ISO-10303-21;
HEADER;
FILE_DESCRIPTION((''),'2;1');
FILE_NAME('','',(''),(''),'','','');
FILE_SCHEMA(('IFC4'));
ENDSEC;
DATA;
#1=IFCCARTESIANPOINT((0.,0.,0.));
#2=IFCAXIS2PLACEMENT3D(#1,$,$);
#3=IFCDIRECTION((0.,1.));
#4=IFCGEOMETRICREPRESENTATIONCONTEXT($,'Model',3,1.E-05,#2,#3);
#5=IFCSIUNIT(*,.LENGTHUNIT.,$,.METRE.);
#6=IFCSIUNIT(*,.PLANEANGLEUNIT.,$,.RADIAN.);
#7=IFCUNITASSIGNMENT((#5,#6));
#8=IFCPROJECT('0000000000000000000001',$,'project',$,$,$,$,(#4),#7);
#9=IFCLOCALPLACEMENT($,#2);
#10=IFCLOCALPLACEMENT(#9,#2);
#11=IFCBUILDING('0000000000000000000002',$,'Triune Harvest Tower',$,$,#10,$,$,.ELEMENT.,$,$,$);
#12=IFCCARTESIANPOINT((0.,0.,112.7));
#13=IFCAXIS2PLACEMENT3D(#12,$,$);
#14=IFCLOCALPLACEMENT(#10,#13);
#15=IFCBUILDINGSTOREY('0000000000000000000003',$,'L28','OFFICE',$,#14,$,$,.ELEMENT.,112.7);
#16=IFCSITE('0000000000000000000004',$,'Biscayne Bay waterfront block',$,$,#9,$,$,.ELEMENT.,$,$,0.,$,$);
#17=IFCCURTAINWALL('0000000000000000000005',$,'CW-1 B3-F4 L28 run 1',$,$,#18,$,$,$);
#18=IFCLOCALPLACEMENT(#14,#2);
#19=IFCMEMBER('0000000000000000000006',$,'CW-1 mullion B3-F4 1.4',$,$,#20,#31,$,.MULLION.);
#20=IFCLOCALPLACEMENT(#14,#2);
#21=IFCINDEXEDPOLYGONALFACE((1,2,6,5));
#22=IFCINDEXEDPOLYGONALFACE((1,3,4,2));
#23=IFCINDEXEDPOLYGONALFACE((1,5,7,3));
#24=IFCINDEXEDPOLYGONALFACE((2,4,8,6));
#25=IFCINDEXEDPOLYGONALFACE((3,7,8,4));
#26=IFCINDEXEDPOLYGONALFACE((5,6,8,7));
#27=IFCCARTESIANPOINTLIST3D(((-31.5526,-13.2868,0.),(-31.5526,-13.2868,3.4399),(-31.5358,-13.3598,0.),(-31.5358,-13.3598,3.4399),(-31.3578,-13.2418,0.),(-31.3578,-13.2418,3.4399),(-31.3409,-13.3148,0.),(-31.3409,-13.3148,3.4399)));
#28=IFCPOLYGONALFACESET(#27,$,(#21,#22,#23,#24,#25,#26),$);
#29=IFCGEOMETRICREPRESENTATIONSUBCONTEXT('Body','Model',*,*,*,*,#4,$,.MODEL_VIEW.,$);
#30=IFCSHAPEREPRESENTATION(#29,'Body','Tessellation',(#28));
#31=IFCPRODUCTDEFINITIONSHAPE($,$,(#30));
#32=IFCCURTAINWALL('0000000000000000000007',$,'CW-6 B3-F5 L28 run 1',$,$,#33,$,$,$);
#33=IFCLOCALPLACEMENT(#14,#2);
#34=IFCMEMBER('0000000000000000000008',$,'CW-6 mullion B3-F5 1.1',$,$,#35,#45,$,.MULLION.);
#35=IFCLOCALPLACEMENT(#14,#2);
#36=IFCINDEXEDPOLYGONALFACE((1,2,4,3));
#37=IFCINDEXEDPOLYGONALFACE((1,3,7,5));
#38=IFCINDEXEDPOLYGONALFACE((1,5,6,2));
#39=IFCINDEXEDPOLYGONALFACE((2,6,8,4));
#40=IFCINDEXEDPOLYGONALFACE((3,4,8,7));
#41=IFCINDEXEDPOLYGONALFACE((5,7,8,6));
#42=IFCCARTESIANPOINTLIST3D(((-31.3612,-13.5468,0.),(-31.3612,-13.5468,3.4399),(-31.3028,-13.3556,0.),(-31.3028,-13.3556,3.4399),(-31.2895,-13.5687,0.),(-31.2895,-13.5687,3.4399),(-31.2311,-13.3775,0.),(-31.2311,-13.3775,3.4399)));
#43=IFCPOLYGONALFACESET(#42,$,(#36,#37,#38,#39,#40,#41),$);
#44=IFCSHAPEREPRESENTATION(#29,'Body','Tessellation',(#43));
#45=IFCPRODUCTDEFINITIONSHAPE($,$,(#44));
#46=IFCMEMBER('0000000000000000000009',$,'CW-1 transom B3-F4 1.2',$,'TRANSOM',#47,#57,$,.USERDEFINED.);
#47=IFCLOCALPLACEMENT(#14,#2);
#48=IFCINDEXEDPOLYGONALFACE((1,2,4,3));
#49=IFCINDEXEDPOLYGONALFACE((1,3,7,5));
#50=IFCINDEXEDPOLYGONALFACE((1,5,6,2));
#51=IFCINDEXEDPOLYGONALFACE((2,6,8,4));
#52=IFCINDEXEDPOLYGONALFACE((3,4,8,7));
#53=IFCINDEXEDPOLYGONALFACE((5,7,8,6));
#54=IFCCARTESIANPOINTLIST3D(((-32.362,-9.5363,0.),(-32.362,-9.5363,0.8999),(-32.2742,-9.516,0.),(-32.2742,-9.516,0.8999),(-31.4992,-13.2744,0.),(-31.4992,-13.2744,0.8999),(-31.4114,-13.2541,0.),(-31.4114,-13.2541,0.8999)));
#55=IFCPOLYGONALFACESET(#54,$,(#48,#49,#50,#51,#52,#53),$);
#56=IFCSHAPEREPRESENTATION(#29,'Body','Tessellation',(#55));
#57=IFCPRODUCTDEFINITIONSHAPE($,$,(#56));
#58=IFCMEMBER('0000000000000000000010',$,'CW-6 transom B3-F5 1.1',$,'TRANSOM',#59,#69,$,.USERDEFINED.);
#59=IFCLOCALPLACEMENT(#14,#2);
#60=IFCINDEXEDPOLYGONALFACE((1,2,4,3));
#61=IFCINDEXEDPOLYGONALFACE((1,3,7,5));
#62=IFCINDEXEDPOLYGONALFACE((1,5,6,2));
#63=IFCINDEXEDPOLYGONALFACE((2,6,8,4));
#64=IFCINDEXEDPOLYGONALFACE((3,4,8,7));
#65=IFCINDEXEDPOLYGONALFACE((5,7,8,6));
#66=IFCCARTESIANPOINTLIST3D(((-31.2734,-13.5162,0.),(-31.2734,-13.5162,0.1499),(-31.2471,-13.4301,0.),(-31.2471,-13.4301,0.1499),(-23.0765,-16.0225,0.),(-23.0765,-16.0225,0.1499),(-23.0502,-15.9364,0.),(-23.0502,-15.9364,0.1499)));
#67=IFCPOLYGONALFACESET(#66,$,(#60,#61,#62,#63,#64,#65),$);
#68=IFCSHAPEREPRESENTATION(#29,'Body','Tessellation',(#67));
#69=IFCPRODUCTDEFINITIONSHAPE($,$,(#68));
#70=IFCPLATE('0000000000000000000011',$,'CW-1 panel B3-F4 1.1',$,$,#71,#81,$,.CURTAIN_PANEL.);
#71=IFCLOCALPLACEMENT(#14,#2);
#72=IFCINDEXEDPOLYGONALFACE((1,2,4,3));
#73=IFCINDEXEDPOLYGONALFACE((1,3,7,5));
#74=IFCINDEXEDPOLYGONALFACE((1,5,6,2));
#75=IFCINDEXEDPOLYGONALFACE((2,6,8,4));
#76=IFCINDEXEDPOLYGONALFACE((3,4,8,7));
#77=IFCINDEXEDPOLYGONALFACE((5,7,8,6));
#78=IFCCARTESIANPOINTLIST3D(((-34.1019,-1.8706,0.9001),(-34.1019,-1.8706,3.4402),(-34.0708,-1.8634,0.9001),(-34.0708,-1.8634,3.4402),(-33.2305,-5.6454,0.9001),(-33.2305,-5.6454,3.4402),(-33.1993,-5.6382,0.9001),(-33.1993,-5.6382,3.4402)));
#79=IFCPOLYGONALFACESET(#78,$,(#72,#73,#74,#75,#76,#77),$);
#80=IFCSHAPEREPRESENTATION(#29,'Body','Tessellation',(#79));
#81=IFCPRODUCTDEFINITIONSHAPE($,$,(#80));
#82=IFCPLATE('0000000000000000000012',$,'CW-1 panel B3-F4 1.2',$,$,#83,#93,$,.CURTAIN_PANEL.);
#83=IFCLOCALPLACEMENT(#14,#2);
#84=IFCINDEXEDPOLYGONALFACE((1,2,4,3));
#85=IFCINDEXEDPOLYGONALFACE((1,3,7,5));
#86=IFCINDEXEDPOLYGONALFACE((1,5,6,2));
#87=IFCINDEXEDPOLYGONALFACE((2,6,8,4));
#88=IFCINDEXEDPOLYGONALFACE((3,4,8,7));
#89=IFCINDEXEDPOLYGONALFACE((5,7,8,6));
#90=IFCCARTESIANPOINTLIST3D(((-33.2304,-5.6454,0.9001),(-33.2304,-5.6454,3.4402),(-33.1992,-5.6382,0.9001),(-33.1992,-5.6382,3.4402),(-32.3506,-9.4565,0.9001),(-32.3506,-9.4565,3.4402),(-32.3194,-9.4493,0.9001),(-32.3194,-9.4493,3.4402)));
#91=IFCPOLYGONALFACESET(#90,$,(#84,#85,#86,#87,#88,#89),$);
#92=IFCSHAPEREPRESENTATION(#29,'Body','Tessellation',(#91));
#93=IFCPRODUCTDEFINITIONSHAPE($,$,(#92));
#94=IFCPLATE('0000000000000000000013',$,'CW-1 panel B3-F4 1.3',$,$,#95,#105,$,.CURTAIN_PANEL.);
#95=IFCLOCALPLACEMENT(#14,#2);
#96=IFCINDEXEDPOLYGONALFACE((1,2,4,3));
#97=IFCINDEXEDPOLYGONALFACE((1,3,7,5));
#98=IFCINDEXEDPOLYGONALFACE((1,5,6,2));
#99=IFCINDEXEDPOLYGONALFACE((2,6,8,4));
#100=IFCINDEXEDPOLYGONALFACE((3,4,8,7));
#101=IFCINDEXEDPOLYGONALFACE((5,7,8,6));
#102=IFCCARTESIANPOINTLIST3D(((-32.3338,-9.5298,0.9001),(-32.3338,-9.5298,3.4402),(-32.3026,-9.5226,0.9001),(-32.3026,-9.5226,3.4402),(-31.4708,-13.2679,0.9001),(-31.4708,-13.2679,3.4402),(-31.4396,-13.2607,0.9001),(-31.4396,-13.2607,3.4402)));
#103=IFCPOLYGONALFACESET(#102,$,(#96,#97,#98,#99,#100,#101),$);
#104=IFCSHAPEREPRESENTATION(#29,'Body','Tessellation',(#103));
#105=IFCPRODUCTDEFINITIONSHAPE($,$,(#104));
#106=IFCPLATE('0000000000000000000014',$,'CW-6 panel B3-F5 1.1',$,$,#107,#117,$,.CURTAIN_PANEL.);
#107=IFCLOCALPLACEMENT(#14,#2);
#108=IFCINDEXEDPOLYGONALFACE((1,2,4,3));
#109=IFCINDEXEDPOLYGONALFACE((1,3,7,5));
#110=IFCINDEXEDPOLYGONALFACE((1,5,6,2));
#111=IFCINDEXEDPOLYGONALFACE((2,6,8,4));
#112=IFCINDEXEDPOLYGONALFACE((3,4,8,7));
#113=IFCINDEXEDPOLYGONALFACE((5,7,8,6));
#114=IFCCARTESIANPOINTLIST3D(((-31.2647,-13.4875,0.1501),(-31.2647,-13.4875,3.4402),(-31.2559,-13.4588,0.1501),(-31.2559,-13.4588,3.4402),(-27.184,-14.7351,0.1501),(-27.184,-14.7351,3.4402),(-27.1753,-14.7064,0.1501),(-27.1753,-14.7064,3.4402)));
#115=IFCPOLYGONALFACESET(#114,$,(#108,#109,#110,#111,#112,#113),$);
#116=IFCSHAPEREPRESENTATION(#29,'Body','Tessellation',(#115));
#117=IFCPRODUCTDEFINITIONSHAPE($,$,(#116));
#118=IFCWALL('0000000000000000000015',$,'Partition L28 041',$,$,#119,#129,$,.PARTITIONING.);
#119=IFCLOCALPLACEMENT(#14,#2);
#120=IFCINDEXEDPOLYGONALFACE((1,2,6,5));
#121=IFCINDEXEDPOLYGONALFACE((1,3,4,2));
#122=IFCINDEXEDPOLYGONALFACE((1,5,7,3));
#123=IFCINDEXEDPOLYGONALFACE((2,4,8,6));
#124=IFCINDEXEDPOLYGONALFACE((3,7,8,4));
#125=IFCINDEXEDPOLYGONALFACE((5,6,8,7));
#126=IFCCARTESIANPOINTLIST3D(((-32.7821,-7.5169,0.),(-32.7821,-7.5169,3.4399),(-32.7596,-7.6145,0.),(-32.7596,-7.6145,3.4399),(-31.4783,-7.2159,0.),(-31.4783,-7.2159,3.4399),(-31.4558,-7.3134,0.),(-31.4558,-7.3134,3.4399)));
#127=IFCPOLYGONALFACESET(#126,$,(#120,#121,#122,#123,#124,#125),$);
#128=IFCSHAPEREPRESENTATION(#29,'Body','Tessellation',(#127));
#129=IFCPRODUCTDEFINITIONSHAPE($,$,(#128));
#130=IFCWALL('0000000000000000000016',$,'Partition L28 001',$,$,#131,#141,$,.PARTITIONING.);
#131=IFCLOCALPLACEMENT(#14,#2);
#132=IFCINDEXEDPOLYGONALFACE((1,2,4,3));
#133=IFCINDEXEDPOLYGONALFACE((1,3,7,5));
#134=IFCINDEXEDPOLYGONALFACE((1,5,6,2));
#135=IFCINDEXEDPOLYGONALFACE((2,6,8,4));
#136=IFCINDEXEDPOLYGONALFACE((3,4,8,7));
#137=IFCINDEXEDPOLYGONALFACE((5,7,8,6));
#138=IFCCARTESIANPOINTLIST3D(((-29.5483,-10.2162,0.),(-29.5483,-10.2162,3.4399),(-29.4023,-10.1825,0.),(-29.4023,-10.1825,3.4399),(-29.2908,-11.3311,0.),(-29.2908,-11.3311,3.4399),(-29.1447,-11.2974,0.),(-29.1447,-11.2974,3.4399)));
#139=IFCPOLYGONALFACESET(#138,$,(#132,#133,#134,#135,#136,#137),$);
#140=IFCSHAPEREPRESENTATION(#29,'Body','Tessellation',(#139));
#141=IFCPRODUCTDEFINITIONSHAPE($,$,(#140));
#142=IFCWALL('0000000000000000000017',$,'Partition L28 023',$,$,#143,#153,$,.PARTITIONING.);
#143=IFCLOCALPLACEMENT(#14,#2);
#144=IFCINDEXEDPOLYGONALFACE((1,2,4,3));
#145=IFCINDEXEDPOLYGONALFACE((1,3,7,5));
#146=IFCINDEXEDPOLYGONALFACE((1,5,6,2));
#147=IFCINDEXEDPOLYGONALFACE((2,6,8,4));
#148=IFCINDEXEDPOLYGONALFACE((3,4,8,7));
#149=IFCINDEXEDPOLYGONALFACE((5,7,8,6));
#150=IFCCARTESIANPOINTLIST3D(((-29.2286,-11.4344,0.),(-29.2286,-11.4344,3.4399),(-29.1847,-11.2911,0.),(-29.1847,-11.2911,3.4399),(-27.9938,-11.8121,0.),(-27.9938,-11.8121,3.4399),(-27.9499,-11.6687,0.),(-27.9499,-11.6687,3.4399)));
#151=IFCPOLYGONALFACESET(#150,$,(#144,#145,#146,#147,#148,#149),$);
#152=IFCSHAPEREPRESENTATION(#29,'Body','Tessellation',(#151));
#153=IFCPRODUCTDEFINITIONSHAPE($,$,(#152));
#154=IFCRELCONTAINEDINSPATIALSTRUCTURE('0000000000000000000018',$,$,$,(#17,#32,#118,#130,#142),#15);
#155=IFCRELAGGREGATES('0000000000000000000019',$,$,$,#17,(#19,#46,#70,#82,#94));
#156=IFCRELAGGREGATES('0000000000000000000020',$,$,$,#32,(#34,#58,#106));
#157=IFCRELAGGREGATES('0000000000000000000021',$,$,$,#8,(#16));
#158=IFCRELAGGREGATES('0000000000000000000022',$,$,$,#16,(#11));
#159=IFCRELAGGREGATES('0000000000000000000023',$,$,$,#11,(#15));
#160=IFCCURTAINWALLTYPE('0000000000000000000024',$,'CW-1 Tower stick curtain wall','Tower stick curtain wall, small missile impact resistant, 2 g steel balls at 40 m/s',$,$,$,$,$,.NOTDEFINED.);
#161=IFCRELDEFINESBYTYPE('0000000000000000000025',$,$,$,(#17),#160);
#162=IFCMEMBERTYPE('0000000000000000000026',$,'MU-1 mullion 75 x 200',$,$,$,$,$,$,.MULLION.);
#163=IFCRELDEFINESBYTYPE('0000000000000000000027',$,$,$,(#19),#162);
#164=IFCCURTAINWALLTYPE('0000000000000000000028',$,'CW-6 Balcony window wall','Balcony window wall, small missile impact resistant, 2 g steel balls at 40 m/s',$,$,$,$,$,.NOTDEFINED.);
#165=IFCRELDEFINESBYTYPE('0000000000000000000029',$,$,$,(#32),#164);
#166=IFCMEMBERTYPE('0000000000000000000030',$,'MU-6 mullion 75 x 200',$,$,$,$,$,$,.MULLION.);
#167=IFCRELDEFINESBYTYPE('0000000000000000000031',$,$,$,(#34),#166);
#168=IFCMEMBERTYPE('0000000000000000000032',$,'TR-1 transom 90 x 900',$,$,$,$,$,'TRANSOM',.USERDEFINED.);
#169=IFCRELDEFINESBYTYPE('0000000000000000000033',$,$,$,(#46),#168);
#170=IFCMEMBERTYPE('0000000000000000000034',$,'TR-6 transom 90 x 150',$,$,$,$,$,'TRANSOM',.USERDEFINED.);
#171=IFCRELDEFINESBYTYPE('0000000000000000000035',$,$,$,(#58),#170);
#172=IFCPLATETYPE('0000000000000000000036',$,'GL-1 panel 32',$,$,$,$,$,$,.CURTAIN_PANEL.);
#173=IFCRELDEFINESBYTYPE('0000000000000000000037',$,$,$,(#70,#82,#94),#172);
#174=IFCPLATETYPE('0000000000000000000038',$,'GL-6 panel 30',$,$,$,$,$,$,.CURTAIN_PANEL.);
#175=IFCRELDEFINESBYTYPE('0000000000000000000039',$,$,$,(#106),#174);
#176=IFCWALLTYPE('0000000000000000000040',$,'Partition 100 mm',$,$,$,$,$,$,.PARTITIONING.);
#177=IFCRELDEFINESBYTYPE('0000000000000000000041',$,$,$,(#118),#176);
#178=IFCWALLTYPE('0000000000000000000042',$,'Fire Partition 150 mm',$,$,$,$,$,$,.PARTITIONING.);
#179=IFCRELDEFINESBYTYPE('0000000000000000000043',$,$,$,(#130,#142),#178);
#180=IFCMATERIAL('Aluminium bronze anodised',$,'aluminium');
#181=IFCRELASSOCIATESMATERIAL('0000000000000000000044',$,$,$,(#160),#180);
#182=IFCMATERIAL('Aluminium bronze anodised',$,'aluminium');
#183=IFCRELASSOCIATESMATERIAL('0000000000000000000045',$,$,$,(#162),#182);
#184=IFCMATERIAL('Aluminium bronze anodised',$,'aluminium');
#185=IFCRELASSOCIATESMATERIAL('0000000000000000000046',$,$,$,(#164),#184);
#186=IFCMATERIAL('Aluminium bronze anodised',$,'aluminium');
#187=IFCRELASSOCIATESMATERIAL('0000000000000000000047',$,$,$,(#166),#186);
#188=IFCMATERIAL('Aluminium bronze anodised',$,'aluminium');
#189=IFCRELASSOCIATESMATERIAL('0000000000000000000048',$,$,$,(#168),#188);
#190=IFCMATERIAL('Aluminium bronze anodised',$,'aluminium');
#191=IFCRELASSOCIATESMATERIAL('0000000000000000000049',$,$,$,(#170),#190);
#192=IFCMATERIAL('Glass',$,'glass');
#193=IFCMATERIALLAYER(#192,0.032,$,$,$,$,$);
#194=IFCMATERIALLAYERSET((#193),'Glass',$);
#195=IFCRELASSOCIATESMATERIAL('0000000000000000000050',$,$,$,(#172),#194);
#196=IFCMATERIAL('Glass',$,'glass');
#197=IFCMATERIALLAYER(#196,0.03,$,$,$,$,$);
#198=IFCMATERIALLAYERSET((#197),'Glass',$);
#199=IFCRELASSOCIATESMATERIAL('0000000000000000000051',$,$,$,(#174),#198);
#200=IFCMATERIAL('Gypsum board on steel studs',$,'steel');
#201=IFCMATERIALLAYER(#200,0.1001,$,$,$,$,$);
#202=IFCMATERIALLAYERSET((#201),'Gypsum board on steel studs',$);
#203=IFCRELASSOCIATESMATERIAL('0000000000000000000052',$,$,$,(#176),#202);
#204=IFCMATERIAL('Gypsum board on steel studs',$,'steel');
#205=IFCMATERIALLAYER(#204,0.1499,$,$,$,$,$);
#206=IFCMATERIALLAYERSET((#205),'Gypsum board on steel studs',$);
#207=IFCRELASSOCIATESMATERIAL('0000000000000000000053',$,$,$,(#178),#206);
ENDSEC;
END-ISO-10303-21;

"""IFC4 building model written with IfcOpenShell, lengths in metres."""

from ifc_helpers import new_model, si_unit, direction, frame, frame_2d, origin, origin_2d, place, context, subcontext, project, spatial, rectangle, extrude, source, transform, mapped, material, layer, layer_set, material_profile, profile_set, type_object, element, aggregate, save


model = new_model("IFC4")

# Units and contexts
model_context = context("Model", 3, precision=1e-05, world=origin(), true_north=direction((0.0, 1.0)))
body_context = subcontext(model_context, "Body", "Model", "MODEL_VIEW")
ifc_project = project(units=[si_unit("LENGTHUNIT", "METRE"), si_unit("PLANEANGLEUNIT", "RADIAN")], contexts=[model_context])

# Site, building, storey
site_placement = place(None, origin())
site = spatial("IfcSite", under=ifc_project, at=site_placement, Name="Biscayne Bay waterfront block", CompositionType="ELEMENT", RefElevation=0.0)
building_placement = place(site_placement, origin())
building = spatial("IfcBuilding", under=site, at=building_placement, Name="Triune Harvest Tower", CompositionType="ELEMENT")
storey_placement = place(building_placement, frame((0.0, 0.0, 112.7)))
storey = spatial("IfcBuildingStorey", under=building, at=storey_placement, Name="L28", Description="OFFICE", CompositionType="ELEMENT", Elevation=112.7)

# Curtain wall, member
ifc_material_1 = material(Name="Aluminium bronze anodised", Category="aluminium")
curtain_wall_type_1 = type_object("IfcCurtainWallType", Name="CW-1 Tower stick curtain wall", Description="Tower stick curtain wall, small missile impact resistant, 2 g steel balls at 40 m/s", PredefinedType="NOTDEFINED", material=ifc_material_1)
curtain_wall_1_placement = place(storey_placement, origin())
curtain_wall_1 = element("IfcCurtainWall", 1, at=curtain_wall_1_placement, inside=storey, type_object=curtain_wall_type_1, Name="CW-1 B3-F4 L28 run 1")
ifc_material_2 = material(Name="Aluminium bronze anodised", Category="aluminium")
ifc_material_profile_1 = material_profile(ifc_material_2, rectangle(XDim=0.2, YDim=0.075, at=origin_2d()), Name="MU-1 mullion 75 x 200")
ifc_profile_set_1 = profile_set([ifc_material_profile_1], Name="Aluminium bronze anodised")
member_type_1 = type_object("IfcMemberType", Name="MU-1 mullion 75 x 200", PredefinedType="MULLION", material=ifc_profile_set_1)
shared_shape_1 = source(origin(), body_context, "Body", "SweptSolid", [
    extrude(rectangle(XDim=0.2, YDim=0.075, at=origin_2d()), origin(), (0.0, 0.0, 1.0), 3.4399),
])
member_1_placement = place(storey_placement, frame((-31.4468, -13.3008, 0.0), z_axis=(0.0, 0.0, 1.0), x_axis=(0.974371, 0.224947, 0.0)))
member_1 = element("IfcMember", 2, at=member_1_placement, type_object=member_type_1, Name="CW-1 mullion B3-F4 1.4", PredefinedType="MULLION", context=body_context, shape_type="MappedRepresentation", body=[
    mapped(shared_shape_1, transform((0.0, 0.0, 0.0), scale=1.0)),
])

# Curtain wall, member
ifc_material_3 = material(Name="Aluminium bronze anodised", Category="aluminium")
curtain_wall_type_2 = type_object("IfcCurtainWallType", Name="CW-6 Balcony window wall", Description="Balcony window wall, small missile impact resistant, 2 g steel balls at 40 m/s", PredefinedType="NOTDEFINED", material=ifc_material_3)
curtain_wall_2_placement = place(storey_placement, origin())
curtain_wall_2 = element("IfcCurtainWall", 3, at=curtain_wall_2_placement, inside=storey, type_object=curtain_wall_type_2, Name="CW-6 B3-F5 L28 run 1")
ifc_material_4 = material(Name="Aluminium bronze anodised", Category="aluminium")
ifc_material_profile_2 = material_profile(ifc_material_4, rectangle(XDim=0.2, YDim=0.075, at=origin_2d()), Name="MU-6 mullion 75 x 200")
ifc_profile_set_2 = profile_set([ifc_material_profile_2], Name="Aluminium bronze anodised")
member_type_2 = type_object("IfcMemberType", Name="MU-6 mullion 75 x 200", PredefinedType="MULLION", material=ifc_profile_set_2)
shared_shape_2 = source(origin(), body_context, "Body", "SweptSolid", [
    extrude(rectangle(XDim=0.2, YDim=0.075, at=origin_2d()), origin(), (0.0, 0.0, 1.0), 3.4399),
])
member_2_placement = place(storey_placement, frame((-31.2961, -13.4622, 0.0), z_axis=(0.0, 0.0, 1.0), x_axis=(0.292376, 0.956303, 0.0)))
member_2 = element("IfcMember", 4, at=member_2_placement, type_object=member_type_2, Name="CW-6 mullion B3-F5 1.1", PredefinedType="MULLION", context=body_context, shape_type="MappedRepresentation", body=[
    mapped(shared_shape_2, transform((0.0, 0.0, 0.0), scale=1.0)),
])

# Members
ifc_material_5 = material(Name="Aluminium bronze anodised", Category="aluminium")
ifc_material_profile_3 = material_profile(ifc_material_5, rectangle(XDim=0.0901, YDim=0.8999, at=origin_2d()), Name="TR-1 transom 90 x 900")
ifc_profile_set_3 = profile_set([ifc_material_profile_3], Name="Aluminium bronze anodised")
member_type_3 = type_object("IfcMemberType", Name="TR-1 transom 90 x 900", ElementType="TRANSOM", PredefinedType="USERDEFINED", material=ifc_profile_set_3)
shared_shape_3 = source(origin(), body_context, "Body", "SweptSolid", [
    extrude(rectangle(XDim=0.0901, YDim=0.8999, at=origin_2d()), origin(), (0.0, 0.0, 1.0), 3.8364),
])
member_3_placement = place(storey_placement, frame((-32.3181, -9.5261, 0.45), z_axis=(0.224901, -0.974382, 0.0), x_axis=(0.974382, 0.224901, 0.0)))
member_3 = element("IfcMember", 5, at=member_3_placement, type_object=member_type_3, Name="CW-1 transom B3-F4 1.2", ObjectType="TRANSOM", PredefinedType="USERDEFINED", context=body_context, shape_type="MappedRepresentation", body=[
    mapped(shared_shape_3, transform((0.0, 0.0, 0.0), scale=1.0)),
])
ifc_material_6 = material(Name="Aluminium bronze anodised", Category="aluminium")
ifc_material_profile_4 = material_profile(ifc_material_6, rectangle(XDim=0.0901, YDim=0.1499, at=origin_2d()), Name="TR-6 transom 90 x 150")
ifc_profile_set_4 = profile_set([ifc_material_profile_4], Name="Aluminium bronze anodised")
member_type_4 = type_object("IfcMemberType", Name="TR-6 transom 90 x 150", ElementType="TRANSOM", PredefinedType="USERDEFINED", material=ifc_profile_set_4)
shared_shape_4 = source(origin(), body_context, "Body", "SweptSolid", [
    extrude(rectangle(XDim=0.0901, YDim=0.1499, at=origin_2d()), origin(), (0.0, 0.0, 1.0), 8.5715),
])
member_4_placement = place(storey_placement, frame((-31.2603, -13.4731, 0.075), z_axis=(0.956296, -0.2924, 0.0), x_axis=(0.2924, 0.956296, 0.0)))
member_4 = element("IfcMember", 6, at=member_4_placement, type_object=member_type_4, Name="CW-6 transom B3-F5 1.1", ObjectType="TRANSOM", PredefinedType="USERDEFINED", context=body_context, shape_type="MappedRepresentation", body=[
    mapped(shared_shape_4, transform((0.0, 0.0, 0.0), scale=1.0)),
])

# Plates
ifc_material_7 = material(Name="Glass", Category="glass")
ifc_layer_1 = layer(ifc_material_7, 0.032)
ifc_layer_set_1 = layer_set([ifc_layer_1], Name="Glass")
plate_type_1 = type_object("IfcPlateType", Name="GL-1 panel 32", PredefinedType="CURTAIN_PANEL", material=ifc_layer_set_1)
shared_shape_5 = source(origin(), body_context, "Body", "SweptSolid", [
    extrude(rectangle(XDim=3.874, YDim=0.032, at=origin_2d()), origin(), (0.0, 0.0, 1.0), 2.54),
])
plate_1_placement = place(storey_placement, frame((-33.6506, -3.7544, 0.9001), z_axis=(0.0, 0.0, 1.0), x_axis=(0.224947, -0.974371, 0.0)))
plate_1 = element("IfcPlate", 7, at=plate_1_placement, type_object=plate_type_1, Name="CW-1 panel B3-F4 1.1", PredefinedType="CURTAIN_PANEL", context=body_context, shape_type="MappedRepresentation", body=[
    mapped(shared_shape_5, transform((0.0, 0.0, 0.0), scale=1.0)),
])
shared_shape_6 = source(origin(), body_context, "Body", "SweptSolid", [
    extrude(rectangle(XDim=3.9114, YDim=0.032, at=origin_2d()), origin(), (0.0, 0.0, 1.0), 2.54),
])
plate_2_placement = place(storey_placement, frame((-32.7749, -7.5474, 0.9001), z_axis=(0.0, 0.0, 1.0), x_axis=(0.224947, -0.974371, 0.0)))
plate_2 = element("IfcPlate", 8, at=plate_2_placement, type_object=plate_type_1, Name="CW-1 panel B3-F4 1.2", PredefinedType="CURTAIN_PANEL", context=body_context, shape_type="MappedRepresentation", body=[
    mapped(shared_shape_6, transform((0.0, 0.0, 0.0), scale=1.0)),
])
shared_shape_7 = source(origin(), body_context, "Body", "SweptSolid", [
    extrude(rectangle(XDim=3.8364, YDim=0.032, at=origin_2d()), origin(), (0.0, 0.0, 1.0), 2.54),
])
plate_3_placement = place(storey_placement, frame((-31.8867, -11.3953, 0.9001), z_axis=(0.0, 0.0, 1.0), x_axis=(0.224947, -0.974371, 0.0)))
plate_3 = element("IfcPlate", 9, at=plate_3_placement, type_object=plate_type_1, Name="CW-1 panel B3-F4 1.3", PredefinedType="CURTAIN_PANEL", context=body_context, shape_type="MappedRepresentation", body=[
    mapped(shared_shape_7, transform((0.0, 0.0, 0.0), scale=1.0)),
])
aggregate(curtain_wall_1, [member_1, member_3, plate_1, plate_2, plate_3])
ifc_material_8 = material(Name="Glass", Category="glass")
ifc_layer_2 = layer(ifc_material_8, 0.03)
ifc_layer_set_2 = layer_set([ifc_layer_2], Name="Glass")
plate_type_2 = type_object("IfcPlateType", Name="GL-6 panel 30", PredefinedType="CURTAIN_PANEL", material=ifc_layer_set_2)
shared_shape_8 = source(origin(), body_context, "Body", "SweptSolid", [
    extrude(rectangle(XDim=4.2671, YDim=0.03, at=origin_2d()), origin(), (0.0, 0.0, 1.0), 3.29),
])
plate_4_placement = place(storey_placement, frame((-29.22, -14.0969, 0.1501), z_axis=(0.0, 0.0, 1.0), x_axis=(0.956303, -0.292376, 0.0)))
plate_4 = element("IfcPlate", 10, at=plate_4_placement, type_object=plate_type_2, Name="CW-6 panel B3-F5 1.1", PredefinedType="CURTAIN_PANEL", context=body_context, shape_type="MappedRepresentation", body=[
    mapped(shared_shape_8, transform((0.0, 0.0, 0.0), scale=1.0)),
])
aggregate(curtain_wall_2, [member_2, member_4, plate_4])

# Walls
ifc_material_9 = material(Name="Gypsum board on steel studs", Category="steel")
ifc_layer_3 = layer(ifc_material_9, 0.1001)
ifc_layer_set_3 = layer_set([ifc_layer_3], Name="Gypsum board on steel studs")
wall_type_1 = type_object("IfcWallType", Name="Partition 100 mm", PredefinedType="PARTITIONING", material=ifc_layer_set_3)
shared_shape_9 = source(origin(), body_context, "Body", "SweptSolid", [
    extrude(rectangle(XDim=1.3381, YDim=0.1001, at=frame_2d((0.6689, 0.0))), origin(), (0.0, 0.0, 1.0), 3.4399),
])
wall_1_placement = place(storey_placement, frame((-32.7708, -7.5657, 0.0), z_axis=(0.0, 0.0, 1.0), x_axis=(0.974364, 0.224979, 0.0)))
element("IfcWall", 11, at=wall_1_placement, inside=storey, type_object=wall_type_1, Name="Partition L28 041", PredefinedType="PARTITIONING", context=body_context, shape_type="MappedRepresentation", body=[
    mapped(shared_shape_9, transform((0.0, 0.0, 0.0), scale=1.0)),
])
ifc_material_10 = material(Name="Gypsum board on steel studs", Category="steel")
ifc_layer_4 = layer(ifc_material_10, 0.1499)
ifc_layer_set_4 = layer_set([ifc_layer_4], Name="Gypsum board on steel studs")
wall_type_2 = type_object("IfcWallType", Name="Fire Partition 150 mm", PredefinedType="PARTITIONING", material=ifc_layer_set_4)
shared_shape_10 = source(origin(), body_context, "Body", "SweptSolid", [
    extrude(rectangle(XDim=1.1443, YDim=0.1499, at=frame_2d((0.5723, 0.0))), origin(), (0.0, 0.0, 1.0), 3.4399),
])
wall_2_placement = place(storey_placement, frame((-29.4753, -10.1992, 0.0), z_axis=(0.0, 0.0, 1.0), x_axis=(0.225078, -0.974341, 0.0)))
element("IfcWall", 12, at=wall_2_placement, inside=storey, type_object=wall_type_2, Name="Partition L28 001", PredefinedType="PARTITIONING", context=body_context, shape_type="MappedRepresentation", body=[
    mapped(shared_shape_10, transform((0.0, 0.0, 0.0), scale=1.0)),
])
shared_shape_11 = source(origin(), body_context, "Body", "SweptSolid", [
    extrude(rectangle(XDim=1.2913, YDim=0.1499, at=frame_2d((0.6455, 0.0))), origin(), (0.0, 0.0, 1.0), 3.4399),
])
wall_3_placement = place(storey_placement, frame((-29.2065, -11.3628, 0.0), z_axis=(0.0, 0.0, 1.0), x_axis=(0.956272, -0.292478, 0.0)))
element("IfcWall", 13, at=wall_3_placement, inside=storey, type_object=wall_type_2, Name="Partition L28 023", PredefinedType="PARTITIONING", context=body_context, shape_type="MappedRepresentation", body=[
    mapped(shared_shape_11, transform((0.0, 0.0, 0.0), scale=1.0)),
])

save(model, "model.ifc")
